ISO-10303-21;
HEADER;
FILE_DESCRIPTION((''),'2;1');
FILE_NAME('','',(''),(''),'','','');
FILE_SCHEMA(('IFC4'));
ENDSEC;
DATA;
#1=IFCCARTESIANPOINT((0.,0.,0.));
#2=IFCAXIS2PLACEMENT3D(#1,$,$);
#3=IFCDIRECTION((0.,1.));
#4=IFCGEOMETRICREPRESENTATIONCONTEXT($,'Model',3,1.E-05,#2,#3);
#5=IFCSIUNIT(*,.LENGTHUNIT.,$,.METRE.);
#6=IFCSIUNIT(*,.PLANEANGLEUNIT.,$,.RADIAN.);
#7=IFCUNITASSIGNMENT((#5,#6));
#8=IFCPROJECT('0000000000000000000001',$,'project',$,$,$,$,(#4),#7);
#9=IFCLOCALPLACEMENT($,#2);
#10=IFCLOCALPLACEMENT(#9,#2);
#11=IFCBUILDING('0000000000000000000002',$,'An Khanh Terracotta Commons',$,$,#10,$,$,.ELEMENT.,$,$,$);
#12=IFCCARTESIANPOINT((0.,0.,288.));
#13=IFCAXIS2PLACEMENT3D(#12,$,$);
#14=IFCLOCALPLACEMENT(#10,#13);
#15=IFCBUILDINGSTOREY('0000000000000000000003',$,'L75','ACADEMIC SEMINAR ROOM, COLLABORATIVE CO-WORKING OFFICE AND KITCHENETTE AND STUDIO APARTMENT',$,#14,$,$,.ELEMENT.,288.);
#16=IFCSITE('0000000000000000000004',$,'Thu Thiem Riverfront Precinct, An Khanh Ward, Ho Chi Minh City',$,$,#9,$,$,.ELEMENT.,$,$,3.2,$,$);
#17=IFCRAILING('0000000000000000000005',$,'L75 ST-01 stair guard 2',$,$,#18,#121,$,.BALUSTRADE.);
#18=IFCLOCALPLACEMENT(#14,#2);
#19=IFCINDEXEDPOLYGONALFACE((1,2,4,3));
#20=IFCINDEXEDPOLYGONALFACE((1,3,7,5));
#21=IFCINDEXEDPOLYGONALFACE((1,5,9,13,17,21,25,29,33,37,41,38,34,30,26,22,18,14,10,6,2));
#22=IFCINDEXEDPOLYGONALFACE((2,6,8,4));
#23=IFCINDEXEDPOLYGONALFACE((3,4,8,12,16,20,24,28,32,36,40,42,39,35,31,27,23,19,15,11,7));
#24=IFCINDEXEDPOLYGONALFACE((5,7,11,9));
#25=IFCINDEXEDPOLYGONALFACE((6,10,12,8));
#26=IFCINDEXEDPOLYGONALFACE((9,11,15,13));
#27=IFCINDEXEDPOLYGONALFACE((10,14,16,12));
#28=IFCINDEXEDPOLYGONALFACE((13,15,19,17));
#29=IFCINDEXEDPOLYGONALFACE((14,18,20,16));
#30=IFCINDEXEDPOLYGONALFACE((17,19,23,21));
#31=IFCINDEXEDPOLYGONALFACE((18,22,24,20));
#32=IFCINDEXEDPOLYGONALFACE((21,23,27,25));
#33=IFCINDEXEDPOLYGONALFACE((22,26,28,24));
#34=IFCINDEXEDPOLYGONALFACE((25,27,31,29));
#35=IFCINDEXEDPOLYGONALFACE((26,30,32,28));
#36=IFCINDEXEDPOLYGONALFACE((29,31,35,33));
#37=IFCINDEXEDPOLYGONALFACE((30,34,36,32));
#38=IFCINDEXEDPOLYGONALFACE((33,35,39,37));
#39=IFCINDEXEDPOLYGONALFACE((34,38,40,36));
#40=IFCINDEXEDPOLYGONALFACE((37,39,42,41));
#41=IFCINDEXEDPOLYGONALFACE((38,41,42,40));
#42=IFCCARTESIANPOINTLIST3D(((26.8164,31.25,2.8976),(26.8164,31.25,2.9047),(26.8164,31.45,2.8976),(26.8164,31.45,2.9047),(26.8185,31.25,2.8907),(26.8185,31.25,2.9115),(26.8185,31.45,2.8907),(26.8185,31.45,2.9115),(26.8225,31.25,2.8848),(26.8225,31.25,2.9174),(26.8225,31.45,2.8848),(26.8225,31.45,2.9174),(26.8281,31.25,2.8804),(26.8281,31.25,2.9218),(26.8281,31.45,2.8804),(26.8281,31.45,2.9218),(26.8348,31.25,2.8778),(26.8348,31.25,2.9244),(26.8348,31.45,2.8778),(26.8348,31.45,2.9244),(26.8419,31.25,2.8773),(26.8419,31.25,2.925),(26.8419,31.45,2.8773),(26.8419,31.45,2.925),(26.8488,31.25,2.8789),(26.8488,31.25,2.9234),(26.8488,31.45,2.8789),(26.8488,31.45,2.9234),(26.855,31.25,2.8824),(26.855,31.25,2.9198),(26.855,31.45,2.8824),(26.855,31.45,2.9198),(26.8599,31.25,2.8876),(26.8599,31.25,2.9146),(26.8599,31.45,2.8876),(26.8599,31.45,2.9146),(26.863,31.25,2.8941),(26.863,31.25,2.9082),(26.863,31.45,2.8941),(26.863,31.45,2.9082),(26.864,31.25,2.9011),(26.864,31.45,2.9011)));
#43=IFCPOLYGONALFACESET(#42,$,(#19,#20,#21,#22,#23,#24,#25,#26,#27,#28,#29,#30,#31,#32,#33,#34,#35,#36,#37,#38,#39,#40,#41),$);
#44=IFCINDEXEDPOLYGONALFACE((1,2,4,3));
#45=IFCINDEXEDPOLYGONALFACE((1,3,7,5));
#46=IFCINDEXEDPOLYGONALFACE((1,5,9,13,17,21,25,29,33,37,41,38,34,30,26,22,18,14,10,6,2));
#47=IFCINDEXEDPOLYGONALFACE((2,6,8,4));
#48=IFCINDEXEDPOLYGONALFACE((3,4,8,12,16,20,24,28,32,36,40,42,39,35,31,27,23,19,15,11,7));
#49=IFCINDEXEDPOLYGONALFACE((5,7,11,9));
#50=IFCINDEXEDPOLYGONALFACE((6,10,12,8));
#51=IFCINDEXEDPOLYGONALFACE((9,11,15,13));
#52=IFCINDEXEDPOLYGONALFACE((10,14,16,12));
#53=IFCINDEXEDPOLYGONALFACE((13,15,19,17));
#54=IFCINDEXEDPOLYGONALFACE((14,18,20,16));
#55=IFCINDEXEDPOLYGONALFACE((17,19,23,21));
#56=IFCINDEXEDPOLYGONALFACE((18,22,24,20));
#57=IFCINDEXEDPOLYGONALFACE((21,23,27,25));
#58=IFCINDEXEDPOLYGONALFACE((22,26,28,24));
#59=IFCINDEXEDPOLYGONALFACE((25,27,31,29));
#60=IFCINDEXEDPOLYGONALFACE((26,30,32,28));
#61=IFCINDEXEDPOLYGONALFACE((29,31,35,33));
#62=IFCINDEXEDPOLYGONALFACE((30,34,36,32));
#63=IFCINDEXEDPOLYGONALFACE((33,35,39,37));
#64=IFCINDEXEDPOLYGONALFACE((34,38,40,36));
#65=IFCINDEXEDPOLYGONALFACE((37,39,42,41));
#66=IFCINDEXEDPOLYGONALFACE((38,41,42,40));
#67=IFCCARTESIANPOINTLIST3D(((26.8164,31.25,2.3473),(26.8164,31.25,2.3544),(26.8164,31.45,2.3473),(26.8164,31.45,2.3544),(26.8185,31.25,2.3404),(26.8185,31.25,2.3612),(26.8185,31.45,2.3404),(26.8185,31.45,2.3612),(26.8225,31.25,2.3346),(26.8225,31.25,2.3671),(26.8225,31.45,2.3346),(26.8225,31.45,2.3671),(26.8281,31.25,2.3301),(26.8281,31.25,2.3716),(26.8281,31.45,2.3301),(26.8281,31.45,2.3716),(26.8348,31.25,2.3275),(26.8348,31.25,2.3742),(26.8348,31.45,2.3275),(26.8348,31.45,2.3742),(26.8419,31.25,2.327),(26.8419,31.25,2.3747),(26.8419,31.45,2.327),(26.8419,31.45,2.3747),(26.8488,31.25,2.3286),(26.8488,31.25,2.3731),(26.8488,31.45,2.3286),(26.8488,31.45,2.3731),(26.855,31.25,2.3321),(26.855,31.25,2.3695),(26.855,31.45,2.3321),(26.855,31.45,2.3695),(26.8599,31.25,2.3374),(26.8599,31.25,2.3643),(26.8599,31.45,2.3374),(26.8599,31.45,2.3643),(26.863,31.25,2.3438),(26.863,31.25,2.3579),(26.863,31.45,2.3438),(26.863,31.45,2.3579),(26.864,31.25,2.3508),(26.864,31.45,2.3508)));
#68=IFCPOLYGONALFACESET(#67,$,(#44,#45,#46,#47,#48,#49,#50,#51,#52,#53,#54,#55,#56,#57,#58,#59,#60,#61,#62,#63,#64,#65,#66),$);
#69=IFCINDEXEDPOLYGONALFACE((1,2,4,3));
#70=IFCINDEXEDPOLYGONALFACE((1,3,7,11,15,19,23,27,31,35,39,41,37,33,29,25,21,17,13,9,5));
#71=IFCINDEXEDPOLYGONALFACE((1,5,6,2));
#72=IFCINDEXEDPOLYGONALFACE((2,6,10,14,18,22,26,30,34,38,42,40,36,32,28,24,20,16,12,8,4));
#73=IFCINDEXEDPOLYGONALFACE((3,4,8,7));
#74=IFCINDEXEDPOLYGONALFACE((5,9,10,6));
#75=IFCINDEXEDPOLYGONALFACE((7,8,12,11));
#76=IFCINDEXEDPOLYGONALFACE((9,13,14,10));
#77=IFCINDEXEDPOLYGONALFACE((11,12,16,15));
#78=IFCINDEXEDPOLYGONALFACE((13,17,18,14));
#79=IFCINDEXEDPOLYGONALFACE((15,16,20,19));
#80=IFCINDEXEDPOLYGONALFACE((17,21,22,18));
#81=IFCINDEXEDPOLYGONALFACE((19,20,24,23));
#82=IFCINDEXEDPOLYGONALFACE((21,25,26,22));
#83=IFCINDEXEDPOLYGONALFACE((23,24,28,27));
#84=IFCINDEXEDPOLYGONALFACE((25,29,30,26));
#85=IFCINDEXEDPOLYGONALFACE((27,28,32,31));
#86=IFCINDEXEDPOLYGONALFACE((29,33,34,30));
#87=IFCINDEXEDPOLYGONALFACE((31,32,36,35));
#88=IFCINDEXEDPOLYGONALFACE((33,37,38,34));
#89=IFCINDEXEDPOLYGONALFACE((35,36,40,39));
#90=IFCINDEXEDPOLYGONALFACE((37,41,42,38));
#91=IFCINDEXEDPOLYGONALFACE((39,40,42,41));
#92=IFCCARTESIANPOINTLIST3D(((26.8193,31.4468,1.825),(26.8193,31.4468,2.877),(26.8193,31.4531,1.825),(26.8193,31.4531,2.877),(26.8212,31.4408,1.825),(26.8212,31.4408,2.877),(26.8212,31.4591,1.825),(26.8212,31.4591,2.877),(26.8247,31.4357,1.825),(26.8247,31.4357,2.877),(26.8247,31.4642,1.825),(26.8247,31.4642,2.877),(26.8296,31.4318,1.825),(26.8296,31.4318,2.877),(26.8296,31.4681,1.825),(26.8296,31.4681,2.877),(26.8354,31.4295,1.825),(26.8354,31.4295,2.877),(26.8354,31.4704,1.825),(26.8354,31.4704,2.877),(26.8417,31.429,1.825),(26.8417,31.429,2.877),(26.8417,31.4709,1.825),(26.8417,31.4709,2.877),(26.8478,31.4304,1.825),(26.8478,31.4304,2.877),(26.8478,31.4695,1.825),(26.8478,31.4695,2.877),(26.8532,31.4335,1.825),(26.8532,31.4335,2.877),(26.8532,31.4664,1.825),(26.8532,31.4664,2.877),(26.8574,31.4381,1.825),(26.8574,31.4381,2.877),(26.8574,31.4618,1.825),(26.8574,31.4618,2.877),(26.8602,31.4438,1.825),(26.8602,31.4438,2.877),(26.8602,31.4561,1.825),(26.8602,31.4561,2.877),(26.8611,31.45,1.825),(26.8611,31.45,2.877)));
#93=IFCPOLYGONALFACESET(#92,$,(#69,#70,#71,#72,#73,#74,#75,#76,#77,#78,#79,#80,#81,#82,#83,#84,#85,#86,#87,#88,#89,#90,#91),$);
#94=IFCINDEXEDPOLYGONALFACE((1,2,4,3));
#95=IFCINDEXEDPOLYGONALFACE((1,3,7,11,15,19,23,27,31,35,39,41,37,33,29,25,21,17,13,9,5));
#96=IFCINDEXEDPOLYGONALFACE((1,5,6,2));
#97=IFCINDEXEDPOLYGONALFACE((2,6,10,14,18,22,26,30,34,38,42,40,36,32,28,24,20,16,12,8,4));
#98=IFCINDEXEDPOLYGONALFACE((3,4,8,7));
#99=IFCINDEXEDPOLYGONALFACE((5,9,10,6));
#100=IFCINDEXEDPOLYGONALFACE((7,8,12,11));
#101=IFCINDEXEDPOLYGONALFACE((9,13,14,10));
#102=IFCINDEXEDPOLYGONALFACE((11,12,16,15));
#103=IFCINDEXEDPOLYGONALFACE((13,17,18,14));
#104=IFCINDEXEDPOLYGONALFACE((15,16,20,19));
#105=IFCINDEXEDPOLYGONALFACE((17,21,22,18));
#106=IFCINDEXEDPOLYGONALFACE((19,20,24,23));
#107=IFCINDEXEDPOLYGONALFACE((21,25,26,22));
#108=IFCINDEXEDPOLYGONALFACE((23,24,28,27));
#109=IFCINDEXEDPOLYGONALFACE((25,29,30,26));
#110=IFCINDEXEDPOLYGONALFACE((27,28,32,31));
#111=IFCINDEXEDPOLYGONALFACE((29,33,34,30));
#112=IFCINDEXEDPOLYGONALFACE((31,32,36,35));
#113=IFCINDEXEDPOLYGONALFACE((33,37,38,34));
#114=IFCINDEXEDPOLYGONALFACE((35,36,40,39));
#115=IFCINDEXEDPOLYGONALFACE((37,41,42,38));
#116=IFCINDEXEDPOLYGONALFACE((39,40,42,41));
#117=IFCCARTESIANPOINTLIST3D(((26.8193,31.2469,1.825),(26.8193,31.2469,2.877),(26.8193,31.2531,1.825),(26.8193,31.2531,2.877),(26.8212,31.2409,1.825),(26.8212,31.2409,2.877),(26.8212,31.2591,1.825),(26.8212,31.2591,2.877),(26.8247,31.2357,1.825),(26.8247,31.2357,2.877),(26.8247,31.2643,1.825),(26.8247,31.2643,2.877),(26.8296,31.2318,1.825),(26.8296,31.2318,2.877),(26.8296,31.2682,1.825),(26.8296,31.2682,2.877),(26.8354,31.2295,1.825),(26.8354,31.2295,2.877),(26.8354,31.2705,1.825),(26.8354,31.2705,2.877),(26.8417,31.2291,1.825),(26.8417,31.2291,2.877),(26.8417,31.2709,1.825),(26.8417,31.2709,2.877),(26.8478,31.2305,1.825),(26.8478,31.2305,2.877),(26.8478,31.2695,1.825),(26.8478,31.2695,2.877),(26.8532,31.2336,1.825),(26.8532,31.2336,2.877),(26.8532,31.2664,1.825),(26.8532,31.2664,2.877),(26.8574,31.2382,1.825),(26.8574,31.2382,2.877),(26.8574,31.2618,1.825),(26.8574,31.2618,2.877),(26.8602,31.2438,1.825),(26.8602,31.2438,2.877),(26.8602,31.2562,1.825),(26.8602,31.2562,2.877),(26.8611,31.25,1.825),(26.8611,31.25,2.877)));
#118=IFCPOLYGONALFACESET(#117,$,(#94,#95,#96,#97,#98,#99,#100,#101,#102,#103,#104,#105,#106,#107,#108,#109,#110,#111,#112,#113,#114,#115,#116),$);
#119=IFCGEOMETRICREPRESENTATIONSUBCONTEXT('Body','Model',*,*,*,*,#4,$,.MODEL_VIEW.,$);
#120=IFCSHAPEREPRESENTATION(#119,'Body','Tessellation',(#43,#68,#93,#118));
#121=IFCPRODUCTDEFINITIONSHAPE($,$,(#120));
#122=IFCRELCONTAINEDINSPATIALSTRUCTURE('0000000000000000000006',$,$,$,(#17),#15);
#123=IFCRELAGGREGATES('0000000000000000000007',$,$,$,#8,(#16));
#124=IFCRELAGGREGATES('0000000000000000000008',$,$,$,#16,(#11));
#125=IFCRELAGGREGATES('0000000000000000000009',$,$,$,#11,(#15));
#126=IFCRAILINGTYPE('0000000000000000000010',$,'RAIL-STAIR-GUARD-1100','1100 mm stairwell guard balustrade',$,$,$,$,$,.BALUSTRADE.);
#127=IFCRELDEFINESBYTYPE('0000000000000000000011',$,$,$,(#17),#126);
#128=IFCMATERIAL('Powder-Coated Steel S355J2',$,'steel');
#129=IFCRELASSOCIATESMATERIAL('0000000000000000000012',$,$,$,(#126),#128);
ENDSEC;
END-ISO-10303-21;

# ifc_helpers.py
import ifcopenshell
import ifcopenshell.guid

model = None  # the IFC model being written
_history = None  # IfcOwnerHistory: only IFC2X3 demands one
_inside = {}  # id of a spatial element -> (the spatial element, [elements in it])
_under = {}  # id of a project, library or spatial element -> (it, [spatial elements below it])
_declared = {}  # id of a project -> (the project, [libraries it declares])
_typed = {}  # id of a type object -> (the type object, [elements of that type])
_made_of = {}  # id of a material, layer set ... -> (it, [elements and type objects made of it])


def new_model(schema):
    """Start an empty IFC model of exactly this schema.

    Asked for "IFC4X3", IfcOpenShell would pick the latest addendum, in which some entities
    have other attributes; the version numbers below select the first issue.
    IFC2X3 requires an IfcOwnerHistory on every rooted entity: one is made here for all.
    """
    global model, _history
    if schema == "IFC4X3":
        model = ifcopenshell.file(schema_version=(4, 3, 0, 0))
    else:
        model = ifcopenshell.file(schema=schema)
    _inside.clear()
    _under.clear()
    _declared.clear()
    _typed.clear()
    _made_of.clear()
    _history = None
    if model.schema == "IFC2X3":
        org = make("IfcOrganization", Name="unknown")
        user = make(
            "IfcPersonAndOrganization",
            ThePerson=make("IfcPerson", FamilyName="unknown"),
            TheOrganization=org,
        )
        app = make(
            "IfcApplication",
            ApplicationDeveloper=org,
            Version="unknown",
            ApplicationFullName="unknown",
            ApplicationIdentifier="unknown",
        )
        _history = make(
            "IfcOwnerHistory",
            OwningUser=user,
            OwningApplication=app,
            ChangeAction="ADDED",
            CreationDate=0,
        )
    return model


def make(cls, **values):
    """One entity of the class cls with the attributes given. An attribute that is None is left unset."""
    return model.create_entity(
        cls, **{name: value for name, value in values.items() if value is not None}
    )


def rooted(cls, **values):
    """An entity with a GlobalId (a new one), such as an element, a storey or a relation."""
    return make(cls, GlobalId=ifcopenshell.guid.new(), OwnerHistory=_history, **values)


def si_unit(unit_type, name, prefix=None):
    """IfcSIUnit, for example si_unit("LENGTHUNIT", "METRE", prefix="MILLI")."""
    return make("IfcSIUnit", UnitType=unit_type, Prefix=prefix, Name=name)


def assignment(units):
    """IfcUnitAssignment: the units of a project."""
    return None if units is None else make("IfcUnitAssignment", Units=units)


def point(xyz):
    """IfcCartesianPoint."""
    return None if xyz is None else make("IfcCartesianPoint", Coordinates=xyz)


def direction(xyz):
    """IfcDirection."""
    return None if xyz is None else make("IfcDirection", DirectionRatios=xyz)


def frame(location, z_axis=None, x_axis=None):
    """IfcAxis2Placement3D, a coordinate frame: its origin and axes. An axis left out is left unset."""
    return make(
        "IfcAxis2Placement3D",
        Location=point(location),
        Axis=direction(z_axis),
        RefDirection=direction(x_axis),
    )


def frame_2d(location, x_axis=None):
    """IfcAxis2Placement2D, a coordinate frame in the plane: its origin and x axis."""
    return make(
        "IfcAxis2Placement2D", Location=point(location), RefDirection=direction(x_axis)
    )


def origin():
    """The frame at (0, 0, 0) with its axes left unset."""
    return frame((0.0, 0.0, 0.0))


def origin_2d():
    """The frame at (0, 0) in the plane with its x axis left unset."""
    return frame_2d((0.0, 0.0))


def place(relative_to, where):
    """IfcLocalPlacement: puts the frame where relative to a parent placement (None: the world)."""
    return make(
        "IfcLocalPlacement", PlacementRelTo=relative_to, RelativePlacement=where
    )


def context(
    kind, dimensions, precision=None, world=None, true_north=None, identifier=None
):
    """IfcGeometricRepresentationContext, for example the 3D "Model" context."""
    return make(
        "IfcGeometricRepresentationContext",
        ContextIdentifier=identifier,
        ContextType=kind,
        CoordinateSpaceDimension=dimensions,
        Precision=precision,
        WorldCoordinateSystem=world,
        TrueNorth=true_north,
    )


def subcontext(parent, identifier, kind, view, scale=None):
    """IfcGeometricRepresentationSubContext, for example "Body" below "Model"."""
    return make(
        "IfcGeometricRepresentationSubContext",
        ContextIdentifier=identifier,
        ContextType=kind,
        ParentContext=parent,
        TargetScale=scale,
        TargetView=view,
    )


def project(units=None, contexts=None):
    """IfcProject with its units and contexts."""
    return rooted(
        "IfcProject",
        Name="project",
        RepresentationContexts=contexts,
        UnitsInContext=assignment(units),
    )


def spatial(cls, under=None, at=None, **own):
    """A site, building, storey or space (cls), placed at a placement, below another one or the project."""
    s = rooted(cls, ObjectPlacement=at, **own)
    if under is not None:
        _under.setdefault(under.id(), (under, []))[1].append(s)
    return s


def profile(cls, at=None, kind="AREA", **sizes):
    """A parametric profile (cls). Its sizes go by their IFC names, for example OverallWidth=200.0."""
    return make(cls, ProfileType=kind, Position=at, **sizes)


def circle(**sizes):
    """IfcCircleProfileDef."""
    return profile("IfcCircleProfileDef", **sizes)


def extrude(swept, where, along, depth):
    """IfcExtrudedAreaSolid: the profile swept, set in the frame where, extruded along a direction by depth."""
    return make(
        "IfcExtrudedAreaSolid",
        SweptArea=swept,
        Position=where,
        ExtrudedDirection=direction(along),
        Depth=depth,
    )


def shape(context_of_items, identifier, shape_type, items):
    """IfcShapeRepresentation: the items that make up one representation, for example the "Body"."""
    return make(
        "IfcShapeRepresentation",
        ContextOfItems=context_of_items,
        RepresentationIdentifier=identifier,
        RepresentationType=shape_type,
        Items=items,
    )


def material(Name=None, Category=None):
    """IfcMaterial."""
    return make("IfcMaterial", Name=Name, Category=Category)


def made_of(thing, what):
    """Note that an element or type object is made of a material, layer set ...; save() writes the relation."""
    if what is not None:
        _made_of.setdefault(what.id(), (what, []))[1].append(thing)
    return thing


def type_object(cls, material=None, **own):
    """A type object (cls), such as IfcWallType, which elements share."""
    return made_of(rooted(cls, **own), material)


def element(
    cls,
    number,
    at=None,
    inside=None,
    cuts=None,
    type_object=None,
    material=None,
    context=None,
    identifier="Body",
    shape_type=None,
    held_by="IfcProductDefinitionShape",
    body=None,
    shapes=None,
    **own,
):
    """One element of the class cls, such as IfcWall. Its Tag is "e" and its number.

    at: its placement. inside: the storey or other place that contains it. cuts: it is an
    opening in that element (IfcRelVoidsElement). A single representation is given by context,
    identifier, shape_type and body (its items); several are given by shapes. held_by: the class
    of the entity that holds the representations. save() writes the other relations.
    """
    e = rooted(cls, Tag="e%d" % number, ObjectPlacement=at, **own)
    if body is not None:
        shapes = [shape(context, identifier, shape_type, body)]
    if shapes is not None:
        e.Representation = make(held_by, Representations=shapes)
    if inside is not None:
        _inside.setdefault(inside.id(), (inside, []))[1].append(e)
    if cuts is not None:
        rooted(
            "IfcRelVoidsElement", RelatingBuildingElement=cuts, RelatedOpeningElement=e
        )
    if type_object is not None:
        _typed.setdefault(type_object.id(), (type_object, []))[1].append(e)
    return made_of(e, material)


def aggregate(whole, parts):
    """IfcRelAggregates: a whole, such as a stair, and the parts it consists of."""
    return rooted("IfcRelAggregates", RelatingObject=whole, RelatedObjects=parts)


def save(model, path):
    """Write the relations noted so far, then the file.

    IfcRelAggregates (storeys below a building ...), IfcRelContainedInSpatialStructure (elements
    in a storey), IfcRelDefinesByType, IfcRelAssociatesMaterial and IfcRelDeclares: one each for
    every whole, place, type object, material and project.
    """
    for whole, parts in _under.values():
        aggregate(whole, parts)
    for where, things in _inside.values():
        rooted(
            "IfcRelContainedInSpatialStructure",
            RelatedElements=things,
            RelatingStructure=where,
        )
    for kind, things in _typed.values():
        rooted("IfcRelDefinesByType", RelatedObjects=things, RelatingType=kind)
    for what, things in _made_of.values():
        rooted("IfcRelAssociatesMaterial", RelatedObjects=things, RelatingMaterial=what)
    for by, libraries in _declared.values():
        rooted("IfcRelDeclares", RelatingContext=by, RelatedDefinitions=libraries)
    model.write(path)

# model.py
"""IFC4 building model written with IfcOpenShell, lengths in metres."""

from ifc_helpers import new_model, si_unit, direction, frame, origin, origin_2d, place, context, subcontext, project, spatial, circle, extrude, material, type_object, element, save


model = new_model("IFC4")

# Units and contexts
model_context = context("Model", 3, precision=1e-05, world=origin(), true_north=direction((0.0, 1.0)))
body_context = subcontext(model_context, "Body", "Model", "MODEL_VIEW")
ifc_project = project(units=[si_unit("LENGTHUNIT", "METRE"), si_unit("PLANEANGLEUNIT", "RADIAN")], contexts=[model_context])

# Site, building, storey
site_placement = place(None, origin())
site = spatial("IfcSite", under=ifc_project, at=site_placement, Name="Thu Thiem Riverfront Precinct, An Khanh Ward, Ho Chi Minh City", CompositionType="ELEMENT", RefElevation=3.2)
building_placement = place(site_placement, origin())
building = spatial("IfcBuilding", under=site, at=building_placement, Name="An Khanh Terracotta Commons", CompositionType="ELEMENT")
storey_placement = place(building_placement, frame((0.0, 0.0, 288.0)))
storey = spatial("IfcBuildingStorey", under=building, at=storey_placement, Name="L75", Description="ACADEMIC SEMINAR ROOM, COLLABORATIVE CO-WORKING OFFICE AND KITCHENETTE AND STUDIO APARTMENT", CompositionType="ELEMENT", Elevation=288.0)

# Railing
ifc_material_1 = material(Name="Powder-Coated Steel S355J2", Category="steel")
railing_type_1 = type_object("IfcRailingType", Name="RAIL-STAIR-GUARD-1100", Description="1100 mm stairwell guard balustrade", PredefinedType="BALUSTRADE", material=ifc_material_1)
railing_1_placement = place(storey_placement, frame((26.8401, 31.45, 1.825)))
element("IfcRailing", 1, at=railing_1_placement, inside=storey, type_object=railing_type_1, Name="L75 ST-01 stair guard 2", PredefinedType="BALUSTRADE", context=body_context, shape_type="SweptSolid", body=[
    extrude(circle(Radius=0.0239, at=origin_2d()), frame((0.0, 0.0, 1.0762), z_axis=(0.0, -1.0, 0.0), x_axis=(1.0, 0.0, 0.0)), (0.0, 0.0, 1.0), 0.2),
    extrude(circle(Radius=0.0239, at=origin_2d()), frame((0.0, 0.0, 0.5259), z_axis=(0.0, -1.0, 0.0), x_axis=(1.0, 0.0, 0.0)), (0.0, 0.0, 1.0), 0.2),
    extrude(circle(Radius=0.021, at=origin_2d()), origin(), (0.0, 0.0, 1.0), 1.052),
    extrude(circle(Radius=0.021, at=origin_2d()), frame((0.0, -0.2, 0.0)), (0.0, 0.0, 1.0), 1.052),
])

save(model, "model.ifc")
